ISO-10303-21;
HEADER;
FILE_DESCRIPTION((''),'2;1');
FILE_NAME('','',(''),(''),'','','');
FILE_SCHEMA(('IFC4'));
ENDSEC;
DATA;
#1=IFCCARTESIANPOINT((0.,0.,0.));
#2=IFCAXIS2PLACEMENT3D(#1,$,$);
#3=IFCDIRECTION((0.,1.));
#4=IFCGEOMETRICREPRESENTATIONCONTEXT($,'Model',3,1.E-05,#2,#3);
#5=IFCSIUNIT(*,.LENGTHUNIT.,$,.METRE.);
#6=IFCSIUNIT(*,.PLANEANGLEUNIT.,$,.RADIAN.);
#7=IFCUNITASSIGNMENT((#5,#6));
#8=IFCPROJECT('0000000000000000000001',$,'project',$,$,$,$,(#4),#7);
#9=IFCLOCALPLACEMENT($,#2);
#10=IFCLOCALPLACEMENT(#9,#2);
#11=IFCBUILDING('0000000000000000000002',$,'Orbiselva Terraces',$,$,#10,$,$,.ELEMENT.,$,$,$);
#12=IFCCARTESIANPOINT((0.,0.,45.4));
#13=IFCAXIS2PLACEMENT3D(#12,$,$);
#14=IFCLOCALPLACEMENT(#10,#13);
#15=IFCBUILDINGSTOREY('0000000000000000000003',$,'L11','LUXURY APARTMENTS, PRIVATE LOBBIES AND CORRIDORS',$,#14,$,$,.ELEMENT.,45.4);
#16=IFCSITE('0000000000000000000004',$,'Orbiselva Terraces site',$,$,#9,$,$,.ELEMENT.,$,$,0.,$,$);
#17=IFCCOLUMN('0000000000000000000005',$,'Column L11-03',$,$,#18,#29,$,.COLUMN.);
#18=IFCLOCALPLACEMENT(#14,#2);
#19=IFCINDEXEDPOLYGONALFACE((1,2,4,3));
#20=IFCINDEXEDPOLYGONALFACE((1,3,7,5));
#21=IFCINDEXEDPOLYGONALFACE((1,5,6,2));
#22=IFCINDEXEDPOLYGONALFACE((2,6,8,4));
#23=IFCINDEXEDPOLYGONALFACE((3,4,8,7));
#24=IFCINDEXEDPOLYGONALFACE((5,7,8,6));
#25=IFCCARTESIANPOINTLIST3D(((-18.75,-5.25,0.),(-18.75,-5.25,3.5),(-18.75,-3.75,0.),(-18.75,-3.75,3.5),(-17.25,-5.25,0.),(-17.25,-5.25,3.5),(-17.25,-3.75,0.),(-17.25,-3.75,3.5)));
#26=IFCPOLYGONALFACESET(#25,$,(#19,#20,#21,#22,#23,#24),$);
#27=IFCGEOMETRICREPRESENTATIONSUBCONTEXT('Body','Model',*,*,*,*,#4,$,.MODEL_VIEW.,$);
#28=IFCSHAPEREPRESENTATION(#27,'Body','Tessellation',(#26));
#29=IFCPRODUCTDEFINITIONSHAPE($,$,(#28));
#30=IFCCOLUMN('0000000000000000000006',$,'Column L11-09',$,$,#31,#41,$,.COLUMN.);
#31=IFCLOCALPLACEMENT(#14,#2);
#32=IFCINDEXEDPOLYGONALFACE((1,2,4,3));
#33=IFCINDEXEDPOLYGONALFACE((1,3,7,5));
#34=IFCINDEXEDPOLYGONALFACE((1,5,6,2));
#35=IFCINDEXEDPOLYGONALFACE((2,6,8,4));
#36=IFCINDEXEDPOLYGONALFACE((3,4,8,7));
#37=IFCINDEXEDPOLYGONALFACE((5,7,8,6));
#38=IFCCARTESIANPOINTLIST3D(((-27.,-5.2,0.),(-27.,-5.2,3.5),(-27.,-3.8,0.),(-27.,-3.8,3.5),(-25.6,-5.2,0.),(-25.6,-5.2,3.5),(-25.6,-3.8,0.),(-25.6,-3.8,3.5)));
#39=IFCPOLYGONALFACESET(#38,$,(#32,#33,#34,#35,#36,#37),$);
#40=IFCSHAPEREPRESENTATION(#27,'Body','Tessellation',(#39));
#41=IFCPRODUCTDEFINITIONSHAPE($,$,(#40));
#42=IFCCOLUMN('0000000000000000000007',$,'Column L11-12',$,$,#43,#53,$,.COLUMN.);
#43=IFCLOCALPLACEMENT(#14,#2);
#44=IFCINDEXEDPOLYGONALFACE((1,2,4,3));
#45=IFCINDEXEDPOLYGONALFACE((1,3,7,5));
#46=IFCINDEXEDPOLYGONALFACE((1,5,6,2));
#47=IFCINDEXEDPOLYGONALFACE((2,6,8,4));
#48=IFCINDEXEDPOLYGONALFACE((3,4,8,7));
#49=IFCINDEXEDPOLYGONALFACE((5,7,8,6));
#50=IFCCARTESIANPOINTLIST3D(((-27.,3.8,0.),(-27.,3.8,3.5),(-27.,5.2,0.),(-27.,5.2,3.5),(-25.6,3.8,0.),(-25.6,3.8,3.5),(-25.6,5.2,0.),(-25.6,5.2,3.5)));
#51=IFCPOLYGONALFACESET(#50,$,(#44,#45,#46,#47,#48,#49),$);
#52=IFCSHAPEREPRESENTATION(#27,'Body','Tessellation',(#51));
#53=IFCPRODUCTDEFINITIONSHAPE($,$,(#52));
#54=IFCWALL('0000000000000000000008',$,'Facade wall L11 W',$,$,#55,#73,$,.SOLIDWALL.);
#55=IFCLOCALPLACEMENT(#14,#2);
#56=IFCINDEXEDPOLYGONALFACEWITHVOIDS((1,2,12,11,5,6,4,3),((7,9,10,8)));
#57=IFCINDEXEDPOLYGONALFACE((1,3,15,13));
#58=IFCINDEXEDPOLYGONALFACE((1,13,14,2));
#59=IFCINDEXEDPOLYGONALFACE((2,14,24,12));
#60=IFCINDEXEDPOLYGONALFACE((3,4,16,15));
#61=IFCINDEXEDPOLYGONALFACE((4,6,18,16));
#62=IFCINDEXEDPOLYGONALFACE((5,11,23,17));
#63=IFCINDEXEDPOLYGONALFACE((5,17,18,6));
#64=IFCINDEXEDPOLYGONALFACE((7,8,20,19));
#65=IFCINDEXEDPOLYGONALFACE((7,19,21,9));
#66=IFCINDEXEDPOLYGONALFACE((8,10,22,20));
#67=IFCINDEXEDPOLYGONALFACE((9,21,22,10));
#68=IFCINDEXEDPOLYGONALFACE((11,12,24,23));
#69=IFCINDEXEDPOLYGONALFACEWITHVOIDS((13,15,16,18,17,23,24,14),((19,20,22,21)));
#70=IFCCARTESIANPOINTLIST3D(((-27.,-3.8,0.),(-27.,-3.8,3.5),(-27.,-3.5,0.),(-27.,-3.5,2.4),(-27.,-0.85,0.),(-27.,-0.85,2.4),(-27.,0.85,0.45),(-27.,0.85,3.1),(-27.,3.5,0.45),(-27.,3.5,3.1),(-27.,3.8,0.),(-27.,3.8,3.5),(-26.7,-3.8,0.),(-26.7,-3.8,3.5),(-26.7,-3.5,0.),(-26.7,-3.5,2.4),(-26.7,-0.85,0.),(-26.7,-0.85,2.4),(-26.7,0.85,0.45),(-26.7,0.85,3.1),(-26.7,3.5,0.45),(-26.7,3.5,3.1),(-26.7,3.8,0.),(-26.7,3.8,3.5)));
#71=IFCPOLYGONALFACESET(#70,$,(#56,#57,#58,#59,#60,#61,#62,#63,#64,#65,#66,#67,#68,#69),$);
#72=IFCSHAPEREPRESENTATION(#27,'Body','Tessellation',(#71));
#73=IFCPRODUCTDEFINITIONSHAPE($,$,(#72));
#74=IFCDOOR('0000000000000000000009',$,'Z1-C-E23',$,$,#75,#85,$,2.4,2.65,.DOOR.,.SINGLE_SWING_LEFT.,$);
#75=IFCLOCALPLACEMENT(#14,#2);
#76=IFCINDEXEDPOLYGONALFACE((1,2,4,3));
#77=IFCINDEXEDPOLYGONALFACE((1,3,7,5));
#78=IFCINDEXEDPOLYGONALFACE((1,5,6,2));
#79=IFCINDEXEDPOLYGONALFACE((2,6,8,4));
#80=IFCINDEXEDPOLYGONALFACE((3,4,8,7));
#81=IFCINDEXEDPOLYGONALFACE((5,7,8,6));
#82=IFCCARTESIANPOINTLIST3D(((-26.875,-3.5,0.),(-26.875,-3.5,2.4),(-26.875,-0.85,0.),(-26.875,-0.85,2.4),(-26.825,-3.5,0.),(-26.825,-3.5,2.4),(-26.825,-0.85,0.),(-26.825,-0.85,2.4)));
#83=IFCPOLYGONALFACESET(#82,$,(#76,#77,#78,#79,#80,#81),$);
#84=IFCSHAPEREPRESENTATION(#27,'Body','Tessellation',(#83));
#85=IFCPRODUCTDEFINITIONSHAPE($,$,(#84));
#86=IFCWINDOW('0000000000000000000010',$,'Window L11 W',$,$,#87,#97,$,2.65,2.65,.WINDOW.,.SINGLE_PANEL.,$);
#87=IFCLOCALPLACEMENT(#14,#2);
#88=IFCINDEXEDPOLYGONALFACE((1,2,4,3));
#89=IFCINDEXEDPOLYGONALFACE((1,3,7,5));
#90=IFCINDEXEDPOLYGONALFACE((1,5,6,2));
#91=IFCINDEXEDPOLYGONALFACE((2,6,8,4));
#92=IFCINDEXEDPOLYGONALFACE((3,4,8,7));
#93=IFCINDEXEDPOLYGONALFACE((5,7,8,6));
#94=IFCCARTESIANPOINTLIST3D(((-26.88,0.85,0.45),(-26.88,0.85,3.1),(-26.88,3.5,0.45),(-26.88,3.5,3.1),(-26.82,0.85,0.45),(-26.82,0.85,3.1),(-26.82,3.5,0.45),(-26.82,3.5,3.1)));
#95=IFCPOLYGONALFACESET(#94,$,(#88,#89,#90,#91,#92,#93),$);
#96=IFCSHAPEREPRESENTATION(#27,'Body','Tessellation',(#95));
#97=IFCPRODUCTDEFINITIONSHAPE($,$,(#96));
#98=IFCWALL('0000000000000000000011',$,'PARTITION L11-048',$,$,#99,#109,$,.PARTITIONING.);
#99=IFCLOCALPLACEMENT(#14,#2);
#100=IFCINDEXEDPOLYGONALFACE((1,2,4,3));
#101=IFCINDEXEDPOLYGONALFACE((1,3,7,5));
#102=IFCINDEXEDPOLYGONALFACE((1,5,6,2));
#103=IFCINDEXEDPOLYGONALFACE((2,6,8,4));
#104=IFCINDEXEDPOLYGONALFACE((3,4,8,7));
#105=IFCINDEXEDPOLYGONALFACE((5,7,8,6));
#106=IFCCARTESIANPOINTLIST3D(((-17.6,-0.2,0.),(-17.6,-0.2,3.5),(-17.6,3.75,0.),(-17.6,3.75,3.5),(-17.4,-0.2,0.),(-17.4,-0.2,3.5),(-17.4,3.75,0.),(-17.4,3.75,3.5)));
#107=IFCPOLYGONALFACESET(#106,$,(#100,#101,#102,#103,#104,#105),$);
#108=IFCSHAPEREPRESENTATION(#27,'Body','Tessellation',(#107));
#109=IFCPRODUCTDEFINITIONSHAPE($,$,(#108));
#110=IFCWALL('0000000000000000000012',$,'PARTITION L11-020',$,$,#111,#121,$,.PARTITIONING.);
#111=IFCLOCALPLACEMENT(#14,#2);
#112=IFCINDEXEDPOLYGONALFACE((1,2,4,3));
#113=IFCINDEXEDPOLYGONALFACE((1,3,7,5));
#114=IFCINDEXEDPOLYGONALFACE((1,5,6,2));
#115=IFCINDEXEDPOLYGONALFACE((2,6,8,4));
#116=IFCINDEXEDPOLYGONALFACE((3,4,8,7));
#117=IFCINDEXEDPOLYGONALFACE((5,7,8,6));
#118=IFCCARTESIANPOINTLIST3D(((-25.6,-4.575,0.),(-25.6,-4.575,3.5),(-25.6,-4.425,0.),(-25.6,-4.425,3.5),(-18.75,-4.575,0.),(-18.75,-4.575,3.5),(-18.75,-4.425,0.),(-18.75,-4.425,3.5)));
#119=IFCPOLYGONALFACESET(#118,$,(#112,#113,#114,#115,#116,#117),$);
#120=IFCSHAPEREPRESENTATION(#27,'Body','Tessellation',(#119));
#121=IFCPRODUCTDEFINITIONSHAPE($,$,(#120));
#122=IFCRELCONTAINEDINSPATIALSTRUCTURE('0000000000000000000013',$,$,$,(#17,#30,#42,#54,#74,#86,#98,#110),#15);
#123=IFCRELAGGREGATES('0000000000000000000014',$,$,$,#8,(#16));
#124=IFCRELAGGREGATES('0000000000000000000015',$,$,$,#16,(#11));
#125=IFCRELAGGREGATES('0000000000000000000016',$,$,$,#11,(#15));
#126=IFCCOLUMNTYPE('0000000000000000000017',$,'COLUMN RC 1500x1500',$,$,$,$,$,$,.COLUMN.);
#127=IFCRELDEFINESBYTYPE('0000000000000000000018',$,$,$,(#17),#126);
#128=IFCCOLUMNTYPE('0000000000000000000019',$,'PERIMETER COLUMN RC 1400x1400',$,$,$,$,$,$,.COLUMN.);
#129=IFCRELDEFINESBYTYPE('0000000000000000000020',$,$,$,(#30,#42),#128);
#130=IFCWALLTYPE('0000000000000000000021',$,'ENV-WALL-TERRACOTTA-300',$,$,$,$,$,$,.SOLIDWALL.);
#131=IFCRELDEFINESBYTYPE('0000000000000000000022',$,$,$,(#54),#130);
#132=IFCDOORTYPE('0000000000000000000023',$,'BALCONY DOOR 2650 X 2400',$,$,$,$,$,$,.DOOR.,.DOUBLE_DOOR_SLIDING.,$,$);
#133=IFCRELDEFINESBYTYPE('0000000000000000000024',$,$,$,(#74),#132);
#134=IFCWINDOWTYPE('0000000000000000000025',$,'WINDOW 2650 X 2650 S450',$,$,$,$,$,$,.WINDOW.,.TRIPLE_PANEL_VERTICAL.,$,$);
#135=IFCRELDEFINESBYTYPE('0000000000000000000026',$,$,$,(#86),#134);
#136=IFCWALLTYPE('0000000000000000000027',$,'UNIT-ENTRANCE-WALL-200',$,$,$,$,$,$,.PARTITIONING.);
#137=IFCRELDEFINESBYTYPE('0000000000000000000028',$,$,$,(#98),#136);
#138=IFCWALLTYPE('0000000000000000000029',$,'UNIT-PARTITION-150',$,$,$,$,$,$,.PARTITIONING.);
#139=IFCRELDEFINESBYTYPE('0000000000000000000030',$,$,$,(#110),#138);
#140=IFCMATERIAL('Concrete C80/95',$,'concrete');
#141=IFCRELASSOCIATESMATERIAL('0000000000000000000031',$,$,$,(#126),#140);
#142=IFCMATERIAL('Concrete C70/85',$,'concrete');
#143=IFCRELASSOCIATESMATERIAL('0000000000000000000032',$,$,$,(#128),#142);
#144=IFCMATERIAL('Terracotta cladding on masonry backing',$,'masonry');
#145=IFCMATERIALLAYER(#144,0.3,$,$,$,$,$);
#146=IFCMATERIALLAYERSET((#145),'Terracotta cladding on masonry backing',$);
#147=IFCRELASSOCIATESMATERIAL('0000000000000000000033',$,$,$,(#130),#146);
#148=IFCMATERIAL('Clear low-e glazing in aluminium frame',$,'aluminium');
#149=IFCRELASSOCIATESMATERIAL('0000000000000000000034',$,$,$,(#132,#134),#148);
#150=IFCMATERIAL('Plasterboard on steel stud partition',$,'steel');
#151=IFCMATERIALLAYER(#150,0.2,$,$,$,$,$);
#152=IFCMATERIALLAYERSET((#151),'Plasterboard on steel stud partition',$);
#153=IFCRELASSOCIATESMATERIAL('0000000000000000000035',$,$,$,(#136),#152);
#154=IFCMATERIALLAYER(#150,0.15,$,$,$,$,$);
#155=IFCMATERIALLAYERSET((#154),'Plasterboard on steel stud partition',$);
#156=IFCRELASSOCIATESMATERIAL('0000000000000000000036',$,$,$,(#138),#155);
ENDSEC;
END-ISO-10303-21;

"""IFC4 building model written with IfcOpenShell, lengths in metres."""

from ifc_helpers import new_model, si_unit, direction, frame, frame_2d, origin, origin_2d, place, context, subcontext, project, spatial, rectangle, extrude, material, layer, layer_set, material_profile, profile_set, type_object, element, fill, save


model = new_model("IFC4")

# Units and contexts
model_context = context("Model", 3, precision=1e-05, world=origin(), true_north=direction((0.0, 1.0)))
body_context = subcontext(model_context, "Body", "Model", "MODEL_VIEW")
ifc_project = project(units=[si_unit("LENGTHUNIT", "METRE"), si_unit("PLANEANGLEUNIT", "RADIAN")], contexts=[model_context])

# Site, building, storey
site_placement = place(None, origin())
site = spatial("IfcSite", under=ifc_project, at=site_placement, Name="Orbiselva Terraces site", CompositionType="ELEMENT", RefElevation=0.0)
building_placement = place(site_placement, origin())
building = spatial("IfcBuilding", under=site, at=building_placement, Name="Orbiselva Terraces", CompositionType="ELEMENT")
storey_placement = place(building_placement, frame((0.0, 0.0, 45.4)))
storey = spatial("IfcBuildingStorey", under=building, at=storey_placement, Name="L11", Description="LUXURY APARTMENTS, PRIVATE LOBBIES AND CORRIDORS", CompositionType="ELEMENT", Elevation=45.4)

# Columns
ifc_material_1 = material(Name="Concrete C80/95", Category="concrete")
ifc_material_profile_1 = material_profile(ifc_material_1, rectangle(XDim=1.5, YDim=1.5, at=origin_2d()), Name="RC 1500x1500")
ifc_profile_set_1 = profile_set([ifc_material_profile_1], Name="Concrete C80/95")
column_type_1 = type_object("IfcColumnType", Name="COLUMN RC 1500x1500", PredefinedType="COLUMN", material=ifc_profile_set_1)
column_placement = place(storey_placement, frame((-18.0, -4.5, 0.0), z_axis=(0.0, 0.0, 1.0), x_axis=(1.0, 0.0, 0.0)))
element("IfcColumn", 1, at=column_placement, inside=storey, type_object=column_type_1, Name="Column L11-03", PredefinedType="COLUMN", context=body_context, shape_type="SweptSolid", body=[
    extrude(rectangle(XDim=1.5, YDim=1.5, at=origin_2d()), origin(), (0.0, 0.0, 1.0), 3.5),
])
ifc_material_2 = material(Name="Concrete C70/85", Category="concrete")
ifc_material_profile_2 = material_profile(ifc_material_2, rectangle(XDim=1.4, YDim=1.4, at=origin_2d()), Name="RC 1400x1400")
ifc_profile_set_2 = profile_set([ifc_material_profile_2], Name="Concrete C70/85")
column_type_2 = type_object("IfcColumnType", Name="PERIMETER COLUMN RC 1400x1400", PredefinedType="COLUMN", material=ifc_profile_set_2)
for number, where, z_axis, x_axis, name in (
    (2, (-26.3, -4.5, 0.0), (0.0, 0.0, 1.0), (1.0, 0.0, 0.0), "Column L11-09"),
    (3, (-26.3, 4.5, 0.0), (0.0, 0.0, 1.0), (1.0, 0.0, 0.0), "Column L11-12"),
):
    element("IfcColumn", number, at=place(storey_placement, frame(where, z_axis=z_axis, x_axis=x_axis)), inside=storey, type_object=column_type_2, Name=name, PredefinedType="COLUMN", context=body_context, shape_type="SweptSolid", body=[
        extrude(rectangle(XDim=1.4, YDim=1.4, at=origin_2d()), origin(), (0.0, 0.0, 1.0), 3.5),
    ])

# Wall, openings, door, window
ifc_material_3 = material(Name="Terracotta cladding on masonry backing", Category="masonry")
ifc_layer_1 = layer(ifc_material_3, 0.3)
ifc_layer_set_1 = layer_set([ifc_layer_1], Name="Terracotta cladding on masonry backing")
wall_type_1 = type_object("IfcWallType", Name="ENV-WALL-TERRACOTTA-300", PredefinedType="SOLIDWALL", material=ifc_layer_set_1)
wall_1_placement = place(storey_placement, frame((-26.85, -3.8, 0.0), z_axis=(0.0, 0.0, 1.0), x_axis=(0.0, 1.0, 0.0)))
wall_1 = element("IfcWall", 4, at=wall_1_placement, inside=storey, type_object=wall_type_1, Name="Facade wall L11 W", PredefinedType="SOLIDWALL", context=body_context, shape_type="SweptSolid", body=[
    extrude(rectangle(XDim=7.6, YDim=0.3, at=frame_2d((3.8, 0.0))), origin(), (0.0, 0.0, 1.0), 3.5),
])
opening_1_placement = place(wall_1_placement, frame((4.65, 0.0, 0.45)))
opening_1 = element("IfcOpeningElement", 5, at=opening_1_placement, cuts=wall_1, PredefinedType="OPENING", context=body_context, shape_type="SweptSolid", body=[
    extrude(rectangle(XDim=2.65, YDim=2.65, at=frame_2d((1.325, 1.325))), frame((0.0, 0.16, 0.0), z_axis=(0.0, -1.0, 0.0), x_axis=(1.0, 0.0, 0.0)), (0.0, 0.0, 1.0), 0.32),
])
opening_2_placement = place(wall_1_placement, frame((0.3, 0.0, 0.0)))
opening_2 = element("IfcOpeningElement", 6, at=opening_2_placement, cuts=wall_1, PredefinedType="OPENING", context=body_context, shape_type="SweptSolid", body=[
    extrude(rectangle(XDim=2.65, YDim=2.4, at=frame_2d((1.325, 1.2))), frame((0.0, 0.16, 0.0), z_axis=(0.0, -1.0, 0.0), x_axis=(1.0, 0.0, 0.0)), (0.0, 0.0, 1.0), 0.32),
])
ifc_material_4 = material(Name="Clear low-e glazing in aluminium frame", Category="aluminium")
door_type_1 = type_object("IfcDoorType", Name="BALCONY DOOR 2650 X 2400", OperationType="DOUBLE_DOOR_SLIDING", PredefinedType="DOOR", material=ifc_material_4)
door_1_placement = place(opening_2_placement, origin())
door_1 = element("IfcDoor", 7, at=door_1_placement, inside=storey, type_object=door_type_1, Name="Z1-C-E23", OperationType="SINGLE_SWING_LEFT", OverallHeight=2.4, OverallWidth=2.65, PredefinedType="DOOR", context=body_context, shape_type="SweptSolid", body=[
    extrude(rectangle(XDim=2.65, YDim=2.4, at=frame_2d((1.325, 1.2))), frame((0.0, 0.025, 0.0), z_axis=(0.0, -1.0, 0.0), x_axis=(1.0, 0.0, 0.0)), (0.0, 0.0, 1.0), 0.05),
])
fill(opening_2, door_1)
window_type = type_object("IfcWindowType", Name="WINDOW 2650 X 2650 S450", PartitioningType="TRIPLE_PANEL_VERTICAL", PredefinedType="WINDOW", material=ifc_material_4)
window_placement = place(opening_1_placement, origin())
window = element("IfcWindow", 8, at=window_placement, inside=storey, type_object=window_type, Name="Window L11 W", OverallHeight=2.65, OverallWidth=2.65, PartitioningType="SINGLE_PANEL", PredefinedType="WINDOW", context=body_context, shape_type="SweptSolid", body=[
    extrude(rectangle(XDim=2.65, YDim=2.65, at=frame_2d((1.325, 1.325))), frame((0.0, 0.03, 0.0), z_axis=(0.0, -1.0, 0.0), x_axis=(1.0, 0.0, 0.0)), (0.0, 0.0, 1.0), 0.06),
])
fill(opening_1, window)

# Walls
ifc_material_5 = material(Name="Plasterboard on steel stud partition", Category="steel")
ifc_layer_2 = layer(ifc_material_5, 0.2)
ifc_layer_set_2 = layer_set([ifc_layer_2], Name="Plasterboard on steel stud partition")
wall_type_2 = type_object("IfcWallType", Name="UNIT-ENTRANCE-WALL-200", PredefinedType="PARTITIONING", material=ifc_layer_set_2)
wall_2_placement = place(storey_placement, frame((-17.5, -0.2, 0.0), z_axis=(0.0, 0.0, 1.0), x_axis=(0.0, 1.0, 0.0)))
element("IfcWall", 9, at=wall_2_placement, inside=storey, type_object=wall_type_2, Name="PARTITION L11-048", PredefinedType="PARTITIONING", context=body_context, shape_type="SweptSolid", body=[
    extrude(rectangle(XDim=3.95, YDim=0.2, at=frame_2d((1.975, 0.0))), origin(), (0.0, 0.0, 1.0), 3.5),
])
ifc_layer_3 = layer(ifc_material_5, 0.15)
ifc_layer_set_3 = layer_set([ifc_layer_3], Name="Plasterboard on steel stud partition")
wall_type_3 = type_object("IfcWallType", Name="UNIT-PARTITION-150", PredefinedType="PARTITIONING", material=ifc_layer_set_3)
wall_3_placement = place(storey_placement, frame((-25.6, -4.5, 0.0), z_axis=(0.0, 0.0, 1.0), x_axis=(1.0, 0.0, 0.0)))
element("IfcWall", 10, at=wall_3_placement, inside=storey, type_object=wall_type_3, Name="PARTITION L11-020", PredefinedType="PARTITIONING", context=body_context, shape_type="SweptSolid", body=[
    extrude(rectangle(XDim=6.85, YDim=0.15, at=frame_2d((3.425, 0.0))), origin(), (0.0, 0.0, 1.0), 3.5),
])

save(model, "model.ifc")
